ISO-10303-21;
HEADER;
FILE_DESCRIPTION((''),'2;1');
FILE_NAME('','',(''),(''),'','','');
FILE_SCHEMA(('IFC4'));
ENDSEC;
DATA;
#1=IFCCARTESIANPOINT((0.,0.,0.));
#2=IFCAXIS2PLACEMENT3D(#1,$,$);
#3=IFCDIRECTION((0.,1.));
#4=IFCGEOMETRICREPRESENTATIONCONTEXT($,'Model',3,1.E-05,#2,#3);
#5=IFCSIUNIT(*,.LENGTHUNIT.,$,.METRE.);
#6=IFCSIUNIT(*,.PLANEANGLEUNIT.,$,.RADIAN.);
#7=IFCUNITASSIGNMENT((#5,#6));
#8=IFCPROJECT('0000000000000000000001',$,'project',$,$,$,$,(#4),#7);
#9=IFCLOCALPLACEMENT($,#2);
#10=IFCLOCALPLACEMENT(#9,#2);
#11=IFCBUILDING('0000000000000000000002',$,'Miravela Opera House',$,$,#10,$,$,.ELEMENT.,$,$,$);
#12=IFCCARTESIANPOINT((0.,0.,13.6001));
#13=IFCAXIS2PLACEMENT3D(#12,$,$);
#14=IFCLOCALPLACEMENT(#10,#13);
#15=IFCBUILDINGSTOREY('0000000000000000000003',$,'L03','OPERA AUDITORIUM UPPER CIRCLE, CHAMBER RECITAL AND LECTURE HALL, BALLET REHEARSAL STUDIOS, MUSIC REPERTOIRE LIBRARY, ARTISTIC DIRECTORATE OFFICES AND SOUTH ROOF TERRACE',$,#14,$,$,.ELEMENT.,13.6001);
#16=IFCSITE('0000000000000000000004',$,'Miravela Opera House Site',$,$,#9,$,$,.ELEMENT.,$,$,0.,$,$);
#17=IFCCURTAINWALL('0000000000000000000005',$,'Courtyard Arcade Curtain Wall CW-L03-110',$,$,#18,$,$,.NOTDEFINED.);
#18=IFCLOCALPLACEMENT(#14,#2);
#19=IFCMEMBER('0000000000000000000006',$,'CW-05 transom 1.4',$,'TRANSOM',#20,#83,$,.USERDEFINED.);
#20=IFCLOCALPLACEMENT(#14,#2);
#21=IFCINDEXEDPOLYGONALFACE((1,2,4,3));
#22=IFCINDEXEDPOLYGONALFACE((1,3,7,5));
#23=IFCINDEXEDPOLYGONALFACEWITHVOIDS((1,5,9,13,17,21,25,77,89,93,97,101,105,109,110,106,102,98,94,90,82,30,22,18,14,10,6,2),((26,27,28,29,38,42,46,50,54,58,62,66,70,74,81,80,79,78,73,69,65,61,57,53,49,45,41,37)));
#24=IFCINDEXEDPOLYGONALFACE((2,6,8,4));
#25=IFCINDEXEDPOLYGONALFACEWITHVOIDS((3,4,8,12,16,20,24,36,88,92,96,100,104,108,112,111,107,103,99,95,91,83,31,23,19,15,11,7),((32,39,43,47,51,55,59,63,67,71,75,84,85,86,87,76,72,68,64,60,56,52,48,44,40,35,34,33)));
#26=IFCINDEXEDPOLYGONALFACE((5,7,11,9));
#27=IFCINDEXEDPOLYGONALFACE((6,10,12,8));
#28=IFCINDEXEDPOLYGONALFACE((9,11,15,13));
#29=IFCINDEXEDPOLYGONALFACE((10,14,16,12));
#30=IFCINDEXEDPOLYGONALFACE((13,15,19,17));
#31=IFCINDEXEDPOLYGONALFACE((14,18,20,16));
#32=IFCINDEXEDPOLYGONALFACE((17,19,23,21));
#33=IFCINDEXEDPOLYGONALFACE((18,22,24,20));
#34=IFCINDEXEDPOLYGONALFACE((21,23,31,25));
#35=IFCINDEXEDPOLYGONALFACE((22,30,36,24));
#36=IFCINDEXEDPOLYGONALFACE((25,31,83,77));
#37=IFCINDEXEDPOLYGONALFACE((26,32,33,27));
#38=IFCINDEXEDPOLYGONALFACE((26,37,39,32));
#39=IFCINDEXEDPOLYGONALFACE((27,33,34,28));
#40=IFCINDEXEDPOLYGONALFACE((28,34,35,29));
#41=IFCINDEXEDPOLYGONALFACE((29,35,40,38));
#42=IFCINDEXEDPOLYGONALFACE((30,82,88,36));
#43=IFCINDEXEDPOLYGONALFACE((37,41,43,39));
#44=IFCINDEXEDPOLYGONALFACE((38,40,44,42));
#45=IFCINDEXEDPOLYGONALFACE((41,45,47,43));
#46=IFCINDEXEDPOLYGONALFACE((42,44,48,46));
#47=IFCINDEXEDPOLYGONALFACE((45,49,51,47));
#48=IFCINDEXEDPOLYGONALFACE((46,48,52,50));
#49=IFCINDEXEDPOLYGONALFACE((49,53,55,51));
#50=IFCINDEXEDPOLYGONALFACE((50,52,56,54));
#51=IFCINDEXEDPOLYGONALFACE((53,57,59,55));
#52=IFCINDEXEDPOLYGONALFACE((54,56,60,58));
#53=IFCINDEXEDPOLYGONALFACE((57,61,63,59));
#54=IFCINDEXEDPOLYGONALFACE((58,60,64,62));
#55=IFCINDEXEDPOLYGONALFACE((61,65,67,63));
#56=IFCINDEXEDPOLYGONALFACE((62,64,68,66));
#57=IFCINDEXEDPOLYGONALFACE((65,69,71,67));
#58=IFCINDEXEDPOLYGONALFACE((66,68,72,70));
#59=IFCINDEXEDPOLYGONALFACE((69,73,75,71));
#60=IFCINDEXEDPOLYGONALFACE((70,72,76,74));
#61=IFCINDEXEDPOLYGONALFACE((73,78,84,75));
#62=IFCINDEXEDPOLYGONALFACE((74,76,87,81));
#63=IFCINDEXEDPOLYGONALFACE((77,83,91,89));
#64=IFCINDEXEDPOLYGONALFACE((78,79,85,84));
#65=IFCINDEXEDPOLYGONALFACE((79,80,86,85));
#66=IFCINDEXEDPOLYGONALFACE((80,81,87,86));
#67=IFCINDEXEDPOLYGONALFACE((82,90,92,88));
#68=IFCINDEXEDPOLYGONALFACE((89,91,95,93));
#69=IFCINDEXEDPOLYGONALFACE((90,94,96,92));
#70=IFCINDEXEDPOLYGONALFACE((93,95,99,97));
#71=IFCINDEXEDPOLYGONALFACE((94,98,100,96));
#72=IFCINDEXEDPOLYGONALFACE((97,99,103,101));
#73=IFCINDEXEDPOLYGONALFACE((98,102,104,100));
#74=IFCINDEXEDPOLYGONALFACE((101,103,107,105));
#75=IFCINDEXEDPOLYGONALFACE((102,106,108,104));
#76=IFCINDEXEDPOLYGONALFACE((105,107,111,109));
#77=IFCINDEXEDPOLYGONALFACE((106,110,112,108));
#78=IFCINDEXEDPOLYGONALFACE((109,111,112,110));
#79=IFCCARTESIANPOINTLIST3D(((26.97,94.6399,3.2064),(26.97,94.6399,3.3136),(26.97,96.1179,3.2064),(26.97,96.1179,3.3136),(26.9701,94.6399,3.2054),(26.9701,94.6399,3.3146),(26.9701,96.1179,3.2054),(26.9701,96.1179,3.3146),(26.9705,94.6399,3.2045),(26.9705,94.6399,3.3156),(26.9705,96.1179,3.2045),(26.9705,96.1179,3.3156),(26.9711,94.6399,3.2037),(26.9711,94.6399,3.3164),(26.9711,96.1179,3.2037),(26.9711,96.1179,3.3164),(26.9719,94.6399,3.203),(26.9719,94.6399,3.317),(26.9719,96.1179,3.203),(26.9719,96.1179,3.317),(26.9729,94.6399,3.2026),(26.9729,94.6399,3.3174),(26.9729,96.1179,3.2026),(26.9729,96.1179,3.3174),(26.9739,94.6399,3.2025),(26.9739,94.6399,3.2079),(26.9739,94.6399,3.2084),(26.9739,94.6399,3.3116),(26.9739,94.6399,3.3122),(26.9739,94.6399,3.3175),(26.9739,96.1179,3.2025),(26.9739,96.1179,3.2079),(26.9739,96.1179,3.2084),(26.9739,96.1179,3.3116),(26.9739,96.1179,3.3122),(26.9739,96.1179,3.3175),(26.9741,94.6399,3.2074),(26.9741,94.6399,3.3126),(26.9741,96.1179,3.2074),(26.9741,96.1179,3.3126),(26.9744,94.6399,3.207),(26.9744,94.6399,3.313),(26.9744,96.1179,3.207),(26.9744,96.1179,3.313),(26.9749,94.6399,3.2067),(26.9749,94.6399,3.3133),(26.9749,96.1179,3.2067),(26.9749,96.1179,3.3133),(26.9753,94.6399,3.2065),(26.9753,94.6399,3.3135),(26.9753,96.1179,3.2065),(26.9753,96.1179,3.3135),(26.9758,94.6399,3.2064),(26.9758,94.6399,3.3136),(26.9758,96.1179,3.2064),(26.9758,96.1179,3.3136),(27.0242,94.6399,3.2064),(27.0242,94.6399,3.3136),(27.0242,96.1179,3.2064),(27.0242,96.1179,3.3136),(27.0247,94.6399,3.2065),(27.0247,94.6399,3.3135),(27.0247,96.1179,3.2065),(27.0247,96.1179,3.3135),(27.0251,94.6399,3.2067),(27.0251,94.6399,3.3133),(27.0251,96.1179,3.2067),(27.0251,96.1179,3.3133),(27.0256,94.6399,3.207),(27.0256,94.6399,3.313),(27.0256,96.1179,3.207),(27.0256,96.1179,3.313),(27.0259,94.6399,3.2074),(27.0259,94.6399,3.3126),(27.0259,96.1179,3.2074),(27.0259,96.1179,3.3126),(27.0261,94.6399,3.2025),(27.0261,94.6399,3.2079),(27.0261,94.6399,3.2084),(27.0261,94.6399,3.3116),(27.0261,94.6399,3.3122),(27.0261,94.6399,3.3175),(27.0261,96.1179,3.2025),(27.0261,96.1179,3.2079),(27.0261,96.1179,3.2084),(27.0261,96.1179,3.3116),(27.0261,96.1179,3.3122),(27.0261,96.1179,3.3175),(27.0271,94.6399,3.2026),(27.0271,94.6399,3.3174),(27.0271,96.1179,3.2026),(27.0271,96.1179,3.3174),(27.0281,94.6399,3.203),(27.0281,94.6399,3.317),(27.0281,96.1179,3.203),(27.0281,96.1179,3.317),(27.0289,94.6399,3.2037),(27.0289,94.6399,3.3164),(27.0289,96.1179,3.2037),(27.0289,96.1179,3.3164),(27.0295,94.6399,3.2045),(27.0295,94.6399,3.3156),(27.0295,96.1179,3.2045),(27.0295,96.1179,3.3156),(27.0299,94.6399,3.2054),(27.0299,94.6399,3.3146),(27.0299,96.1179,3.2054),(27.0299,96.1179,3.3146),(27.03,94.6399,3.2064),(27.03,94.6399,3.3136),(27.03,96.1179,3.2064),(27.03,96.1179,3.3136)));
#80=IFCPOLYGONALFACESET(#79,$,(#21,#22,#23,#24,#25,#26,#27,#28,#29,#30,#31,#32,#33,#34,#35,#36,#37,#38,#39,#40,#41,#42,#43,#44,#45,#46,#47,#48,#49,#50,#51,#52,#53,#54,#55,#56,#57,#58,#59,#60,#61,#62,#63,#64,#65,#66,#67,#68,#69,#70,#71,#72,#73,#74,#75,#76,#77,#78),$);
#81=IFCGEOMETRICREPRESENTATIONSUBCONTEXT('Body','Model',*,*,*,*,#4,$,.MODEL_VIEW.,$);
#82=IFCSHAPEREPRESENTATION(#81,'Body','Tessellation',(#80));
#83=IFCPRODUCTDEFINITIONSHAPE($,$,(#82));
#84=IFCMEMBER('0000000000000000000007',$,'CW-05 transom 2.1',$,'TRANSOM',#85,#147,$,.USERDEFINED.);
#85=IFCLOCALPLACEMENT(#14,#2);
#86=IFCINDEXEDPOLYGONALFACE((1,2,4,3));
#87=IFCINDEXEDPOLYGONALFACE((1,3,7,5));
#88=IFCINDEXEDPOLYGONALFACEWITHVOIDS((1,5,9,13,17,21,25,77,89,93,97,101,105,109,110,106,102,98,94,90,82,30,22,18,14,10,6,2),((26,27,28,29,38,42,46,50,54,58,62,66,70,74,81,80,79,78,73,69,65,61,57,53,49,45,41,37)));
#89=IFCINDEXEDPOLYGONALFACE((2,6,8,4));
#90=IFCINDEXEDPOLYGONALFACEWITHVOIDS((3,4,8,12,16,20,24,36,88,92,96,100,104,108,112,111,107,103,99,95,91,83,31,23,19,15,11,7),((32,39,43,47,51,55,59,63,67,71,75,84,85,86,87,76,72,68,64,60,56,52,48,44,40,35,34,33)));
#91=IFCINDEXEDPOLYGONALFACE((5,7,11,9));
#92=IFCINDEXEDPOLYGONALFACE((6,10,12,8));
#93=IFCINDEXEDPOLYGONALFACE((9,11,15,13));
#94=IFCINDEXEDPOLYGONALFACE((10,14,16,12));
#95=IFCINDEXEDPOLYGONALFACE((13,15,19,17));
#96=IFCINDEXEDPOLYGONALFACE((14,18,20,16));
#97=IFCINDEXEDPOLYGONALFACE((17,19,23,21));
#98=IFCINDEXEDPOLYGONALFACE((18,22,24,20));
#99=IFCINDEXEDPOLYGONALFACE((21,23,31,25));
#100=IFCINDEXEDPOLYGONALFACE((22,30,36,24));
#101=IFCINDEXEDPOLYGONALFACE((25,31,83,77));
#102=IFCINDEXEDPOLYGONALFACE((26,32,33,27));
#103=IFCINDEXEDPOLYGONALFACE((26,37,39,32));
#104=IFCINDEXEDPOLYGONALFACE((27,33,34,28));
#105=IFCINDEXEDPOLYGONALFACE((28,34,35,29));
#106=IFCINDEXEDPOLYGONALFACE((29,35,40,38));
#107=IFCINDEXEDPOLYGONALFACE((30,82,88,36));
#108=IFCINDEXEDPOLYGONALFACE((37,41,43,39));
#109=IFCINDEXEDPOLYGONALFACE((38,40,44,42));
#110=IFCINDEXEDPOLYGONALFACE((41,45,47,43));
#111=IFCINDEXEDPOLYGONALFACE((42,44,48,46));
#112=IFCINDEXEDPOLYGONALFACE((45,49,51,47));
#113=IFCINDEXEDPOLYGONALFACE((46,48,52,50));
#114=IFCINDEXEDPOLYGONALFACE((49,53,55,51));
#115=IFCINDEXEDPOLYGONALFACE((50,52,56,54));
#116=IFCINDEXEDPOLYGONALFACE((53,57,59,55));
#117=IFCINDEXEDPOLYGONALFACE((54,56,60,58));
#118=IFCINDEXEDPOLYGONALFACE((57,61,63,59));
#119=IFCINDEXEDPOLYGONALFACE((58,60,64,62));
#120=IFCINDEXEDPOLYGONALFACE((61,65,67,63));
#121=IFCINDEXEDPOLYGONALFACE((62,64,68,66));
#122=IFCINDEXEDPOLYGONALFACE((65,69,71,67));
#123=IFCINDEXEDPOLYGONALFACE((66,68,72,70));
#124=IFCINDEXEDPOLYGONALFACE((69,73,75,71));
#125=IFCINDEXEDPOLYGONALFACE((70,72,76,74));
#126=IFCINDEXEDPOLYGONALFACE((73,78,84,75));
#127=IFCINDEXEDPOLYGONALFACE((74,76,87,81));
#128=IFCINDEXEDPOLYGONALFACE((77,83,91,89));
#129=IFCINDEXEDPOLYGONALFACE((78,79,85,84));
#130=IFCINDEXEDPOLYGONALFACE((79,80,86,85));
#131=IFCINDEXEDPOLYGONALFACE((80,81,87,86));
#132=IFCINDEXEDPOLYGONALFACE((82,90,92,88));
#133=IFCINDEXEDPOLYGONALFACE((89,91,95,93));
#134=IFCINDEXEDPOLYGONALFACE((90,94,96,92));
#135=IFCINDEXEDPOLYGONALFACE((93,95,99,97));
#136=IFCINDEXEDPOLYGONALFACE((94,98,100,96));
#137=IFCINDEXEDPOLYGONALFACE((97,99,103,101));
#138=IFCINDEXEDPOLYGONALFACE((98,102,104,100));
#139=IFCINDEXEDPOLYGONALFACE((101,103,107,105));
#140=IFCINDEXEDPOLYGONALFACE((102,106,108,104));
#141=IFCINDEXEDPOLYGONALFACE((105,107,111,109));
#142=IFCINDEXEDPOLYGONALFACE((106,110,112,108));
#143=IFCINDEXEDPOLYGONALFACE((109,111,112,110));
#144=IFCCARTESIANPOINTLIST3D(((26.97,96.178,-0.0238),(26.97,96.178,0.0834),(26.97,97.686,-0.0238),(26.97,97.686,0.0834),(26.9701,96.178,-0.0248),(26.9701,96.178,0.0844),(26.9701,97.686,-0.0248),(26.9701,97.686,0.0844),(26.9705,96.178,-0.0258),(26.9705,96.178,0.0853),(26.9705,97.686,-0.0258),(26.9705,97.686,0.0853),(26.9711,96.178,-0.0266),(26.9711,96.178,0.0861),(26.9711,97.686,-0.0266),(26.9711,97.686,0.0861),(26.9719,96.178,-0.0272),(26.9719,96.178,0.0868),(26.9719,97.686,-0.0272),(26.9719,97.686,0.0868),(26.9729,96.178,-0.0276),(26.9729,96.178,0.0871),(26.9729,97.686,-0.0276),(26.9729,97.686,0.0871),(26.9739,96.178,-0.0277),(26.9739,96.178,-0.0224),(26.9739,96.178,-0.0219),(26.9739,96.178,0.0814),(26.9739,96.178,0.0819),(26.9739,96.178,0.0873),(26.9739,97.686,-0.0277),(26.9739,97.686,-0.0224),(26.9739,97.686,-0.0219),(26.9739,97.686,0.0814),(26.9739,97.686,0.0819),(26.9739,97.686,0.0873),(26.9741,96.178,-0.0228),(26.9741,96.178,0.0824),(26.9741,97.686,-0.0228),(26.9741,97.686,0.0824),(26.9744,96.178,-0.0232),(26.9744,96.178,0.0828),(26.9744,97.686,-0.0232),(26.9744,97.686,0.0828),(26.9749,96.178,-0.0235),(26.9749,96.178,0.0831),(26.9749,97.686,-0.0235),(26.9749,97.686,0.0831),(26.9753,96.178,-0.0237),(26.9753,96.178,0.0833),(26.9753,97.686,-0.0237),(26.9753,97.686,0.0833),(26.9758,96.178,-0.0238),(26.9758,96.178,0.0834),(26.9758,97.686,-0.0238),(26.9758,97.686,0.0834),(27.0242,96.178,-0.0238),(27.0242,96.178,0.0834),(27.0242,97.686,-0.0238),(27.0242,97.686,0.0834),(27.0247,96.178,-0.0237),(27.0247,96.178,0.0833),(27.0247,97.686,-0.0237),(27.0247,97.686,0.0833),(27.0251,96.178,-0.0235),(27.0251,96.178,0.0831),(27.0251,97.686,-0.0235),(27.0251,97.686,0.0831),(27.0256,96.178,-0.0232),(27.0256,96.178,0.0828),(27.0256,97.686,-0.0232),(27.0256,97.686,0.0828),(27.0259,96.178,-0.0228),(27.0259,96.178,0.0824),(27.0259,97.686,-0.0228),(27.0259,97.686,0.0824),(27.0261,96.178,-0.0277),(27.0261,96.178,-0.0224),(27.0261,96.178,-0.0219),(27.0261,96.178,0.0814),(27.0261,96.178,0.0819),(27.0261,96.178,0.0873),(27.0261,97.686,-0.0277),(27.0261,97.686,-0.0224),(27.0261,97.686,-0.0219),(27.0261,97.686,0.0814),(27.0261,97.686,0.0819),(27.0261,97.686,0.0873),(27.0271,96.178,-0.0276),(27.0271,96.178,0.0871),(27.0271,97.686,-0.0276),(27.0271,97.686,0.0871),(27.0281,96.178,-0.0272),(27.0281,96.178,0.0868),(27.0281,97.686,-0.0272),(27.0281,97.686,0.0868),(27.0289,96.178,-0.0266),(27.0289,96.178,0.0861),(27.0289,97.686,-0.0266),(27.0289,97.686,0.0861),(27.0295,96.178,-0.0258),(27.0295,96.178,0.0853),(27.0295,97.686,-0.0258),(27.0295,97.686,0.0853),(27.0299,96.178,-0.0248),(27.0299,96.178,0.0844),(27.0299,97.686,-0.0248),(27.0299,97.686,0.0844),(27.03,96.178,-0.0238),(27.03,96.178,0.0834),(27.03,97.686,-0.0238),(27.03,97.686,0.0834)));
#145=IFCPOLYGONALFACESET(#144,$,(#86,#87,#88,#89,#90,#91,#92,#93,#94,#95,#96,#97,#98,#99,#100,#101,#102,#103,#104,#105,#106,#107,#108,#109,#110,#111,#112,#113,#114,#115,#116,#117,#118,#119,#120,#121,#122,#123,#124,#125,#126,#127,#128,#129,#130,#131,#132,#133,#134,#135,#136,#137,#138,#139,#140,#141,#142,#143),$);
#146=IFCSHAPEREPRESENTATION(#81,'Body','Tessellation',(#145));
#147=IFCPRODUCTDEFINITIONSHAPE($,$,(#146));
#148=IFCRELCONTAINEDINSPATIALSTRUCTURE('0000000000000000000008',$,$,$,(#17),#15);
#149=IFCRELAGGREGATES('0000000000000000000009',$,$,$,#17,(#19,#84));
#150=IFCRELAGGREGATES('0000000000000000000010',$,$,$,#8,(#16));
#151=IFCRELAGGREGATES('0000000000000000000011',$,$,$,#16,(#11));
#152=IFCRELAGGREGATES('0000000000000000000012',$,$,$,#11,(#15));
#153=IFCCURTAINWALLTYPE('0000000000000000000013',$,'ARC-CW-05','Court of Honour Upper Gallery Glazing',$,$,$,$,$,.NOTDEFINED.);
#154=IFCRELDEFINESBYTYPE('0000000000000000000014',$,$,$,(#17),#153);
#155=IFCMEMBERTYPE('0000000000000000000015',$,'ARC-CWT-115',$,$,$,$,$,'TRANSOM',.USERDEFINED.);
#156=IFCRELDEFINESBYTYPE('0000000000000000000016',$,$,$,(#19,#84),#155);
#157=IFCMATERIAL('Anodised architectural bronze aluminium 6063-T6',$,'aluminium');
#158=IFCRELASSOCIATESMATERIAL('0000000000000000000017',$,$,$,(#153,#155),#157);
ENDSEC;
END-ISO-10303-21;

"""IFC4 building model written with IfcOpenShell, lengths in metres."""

from ifc_helpers import new_model, si_unit, direction, frame, origin, origin_2d, place, context, subcontext, project, spatial, hollow_rectangle, extrude, material, material_profile, profile_set, type_object, element, aggregate, save


model = new_model("IFC4")

# Units and contexts
model_context = context("Model", 3, precision=1e-05, world=origin(), true_north=direction((0.0, 1.0)))
body_context = subcontext(model_context, "Body", "Model", "MODEL_VIEW")
ifc_project = project(units=[si_unit("LENGTHUNIT", "METRE"), si_unit("PLANEANGLEUNIT", "RADIAN")], contexts=[model_context])

# Site, building, storey
site_placement = place(None, origin())
site = spatial("IfcSite", under=ifc_project, at=site_placement, Name="Miravela Opera House Site", CompositionType="ELEMENT", RefElevation=0.0)
building_placement = place(site_placement, origin())
building = spatial("IfcBuilding", under=site, at=building_placement, Name="Miravela Opera House", CompositionType="ELEMENT")
storey_placement = place(building_placement, frame((0.0, 0.0, 13.6001)))
storey = spatial("IfcBuildingStorey", under=building, at=storey_placement, Name="L03", Description="OPERA AUDITORIUM UPPER CIRCLE, CHAMBER RECITAL AND LECTURE HALL, BALLET REHEARSAL STUDIOS, MUSIC REPERTOIRE LIBRARY, ARTISTIC DIRECTORATE OFFICES AND SOUTH ROOF TERRACE", CompositionType="ELEMENT", Elevation=13.6001)

# Curtain wall
ifc_material_1 = material(Name="Anodised architectural bronze aluminium 6063-T6", Category="aluminium")
curtain_wall_type = type_object("IfcCurtainWallType", Name="ARC-CW-05", Description="Court of Honour Upper Gallery Glazing", PredefinedType="NOTDEFINED", material=ifc_material_1)
curtain_wall_1_placement = place(storey_placement, origin())
curtain_wall_1 = element("IfcCurtainWall", 1, at=curtain_wall_1_placement, inside=storey, type_object=curtain_wall_type, Name="Courtyard Arcade Curtain Wall CW-L03-110", PredefinedType="NOTDEFINED")

# Members
ifc_material_profile_1 = material_profile(ifc_material_1, hollow_rectangle(XDim=0.0601, YDim=0.115, WallThickness=0.0039, InnerFilletRadius=0.002, OuterFilletRadius=0.0039, at=origin_2d()), Name="CWT-60X115")
ifc_profile_set_1 = profile_set([ifc_material_profile_1])
member_type_1 = type_object("IfcMemberType", Name="ARC-CWT-115", ElementType="TRANSOM", PredefinedType="USERDEFINED", material=ifc_profile_set_1)
member_1_placement = place(storey_placement, frame((27.0, 94.6399, 3.26), z_axis=(0.0, 1.0, 0.0), x_axis=(-1.0, 0.0, 0.0)))
member_1 = element("IfcMember", 2, at=member_1_placement, type_object=member_type_1, Name="CW-05 transom 1.4", ObjectType="TRANSOM", PredefinedType="USERDEFINED", context=body_context, shape_type="SweptSolid", body=[
    extrude(hollow_rectangle(XDim=0.0601, YDim=0.115, WallThickness=0.0039, InnerFilletRadius=0.002, OuterFilletRadius=0.0039, at=origin_2d()), origin(), (0.0, 0.0, 1.0), 1.478),
])
member_2_placement = place(storey_placement, frame((27.0, 96.178, 0.0298), z_axis=(0.0, 1.0, 0.0), x_axis=(-1.0, 0.0, 0.0)))
member_2 = element("IfcMember", 3, at=member_2_placement, type_object=member_type_1, Name="CW-05 transom 2.1", ObjectType="TRANSOM", PredefinedType="USERDEFINED", context=body_context, shape_type="SweptSolid", body=[
    extrude(hollow_rectangle(XDim=0.0601, YDim=0.115, WallThickness=0.0039, InnerFilletRadius=0.002, OuterFilletRadius=0.0039, at=origin_2d()), origin(), (0.0, 0.0, 1.0), 1.5081),
])

aggregate(curtain_wall_1, [member_1, member_2])

save(model, "model.ifc")
